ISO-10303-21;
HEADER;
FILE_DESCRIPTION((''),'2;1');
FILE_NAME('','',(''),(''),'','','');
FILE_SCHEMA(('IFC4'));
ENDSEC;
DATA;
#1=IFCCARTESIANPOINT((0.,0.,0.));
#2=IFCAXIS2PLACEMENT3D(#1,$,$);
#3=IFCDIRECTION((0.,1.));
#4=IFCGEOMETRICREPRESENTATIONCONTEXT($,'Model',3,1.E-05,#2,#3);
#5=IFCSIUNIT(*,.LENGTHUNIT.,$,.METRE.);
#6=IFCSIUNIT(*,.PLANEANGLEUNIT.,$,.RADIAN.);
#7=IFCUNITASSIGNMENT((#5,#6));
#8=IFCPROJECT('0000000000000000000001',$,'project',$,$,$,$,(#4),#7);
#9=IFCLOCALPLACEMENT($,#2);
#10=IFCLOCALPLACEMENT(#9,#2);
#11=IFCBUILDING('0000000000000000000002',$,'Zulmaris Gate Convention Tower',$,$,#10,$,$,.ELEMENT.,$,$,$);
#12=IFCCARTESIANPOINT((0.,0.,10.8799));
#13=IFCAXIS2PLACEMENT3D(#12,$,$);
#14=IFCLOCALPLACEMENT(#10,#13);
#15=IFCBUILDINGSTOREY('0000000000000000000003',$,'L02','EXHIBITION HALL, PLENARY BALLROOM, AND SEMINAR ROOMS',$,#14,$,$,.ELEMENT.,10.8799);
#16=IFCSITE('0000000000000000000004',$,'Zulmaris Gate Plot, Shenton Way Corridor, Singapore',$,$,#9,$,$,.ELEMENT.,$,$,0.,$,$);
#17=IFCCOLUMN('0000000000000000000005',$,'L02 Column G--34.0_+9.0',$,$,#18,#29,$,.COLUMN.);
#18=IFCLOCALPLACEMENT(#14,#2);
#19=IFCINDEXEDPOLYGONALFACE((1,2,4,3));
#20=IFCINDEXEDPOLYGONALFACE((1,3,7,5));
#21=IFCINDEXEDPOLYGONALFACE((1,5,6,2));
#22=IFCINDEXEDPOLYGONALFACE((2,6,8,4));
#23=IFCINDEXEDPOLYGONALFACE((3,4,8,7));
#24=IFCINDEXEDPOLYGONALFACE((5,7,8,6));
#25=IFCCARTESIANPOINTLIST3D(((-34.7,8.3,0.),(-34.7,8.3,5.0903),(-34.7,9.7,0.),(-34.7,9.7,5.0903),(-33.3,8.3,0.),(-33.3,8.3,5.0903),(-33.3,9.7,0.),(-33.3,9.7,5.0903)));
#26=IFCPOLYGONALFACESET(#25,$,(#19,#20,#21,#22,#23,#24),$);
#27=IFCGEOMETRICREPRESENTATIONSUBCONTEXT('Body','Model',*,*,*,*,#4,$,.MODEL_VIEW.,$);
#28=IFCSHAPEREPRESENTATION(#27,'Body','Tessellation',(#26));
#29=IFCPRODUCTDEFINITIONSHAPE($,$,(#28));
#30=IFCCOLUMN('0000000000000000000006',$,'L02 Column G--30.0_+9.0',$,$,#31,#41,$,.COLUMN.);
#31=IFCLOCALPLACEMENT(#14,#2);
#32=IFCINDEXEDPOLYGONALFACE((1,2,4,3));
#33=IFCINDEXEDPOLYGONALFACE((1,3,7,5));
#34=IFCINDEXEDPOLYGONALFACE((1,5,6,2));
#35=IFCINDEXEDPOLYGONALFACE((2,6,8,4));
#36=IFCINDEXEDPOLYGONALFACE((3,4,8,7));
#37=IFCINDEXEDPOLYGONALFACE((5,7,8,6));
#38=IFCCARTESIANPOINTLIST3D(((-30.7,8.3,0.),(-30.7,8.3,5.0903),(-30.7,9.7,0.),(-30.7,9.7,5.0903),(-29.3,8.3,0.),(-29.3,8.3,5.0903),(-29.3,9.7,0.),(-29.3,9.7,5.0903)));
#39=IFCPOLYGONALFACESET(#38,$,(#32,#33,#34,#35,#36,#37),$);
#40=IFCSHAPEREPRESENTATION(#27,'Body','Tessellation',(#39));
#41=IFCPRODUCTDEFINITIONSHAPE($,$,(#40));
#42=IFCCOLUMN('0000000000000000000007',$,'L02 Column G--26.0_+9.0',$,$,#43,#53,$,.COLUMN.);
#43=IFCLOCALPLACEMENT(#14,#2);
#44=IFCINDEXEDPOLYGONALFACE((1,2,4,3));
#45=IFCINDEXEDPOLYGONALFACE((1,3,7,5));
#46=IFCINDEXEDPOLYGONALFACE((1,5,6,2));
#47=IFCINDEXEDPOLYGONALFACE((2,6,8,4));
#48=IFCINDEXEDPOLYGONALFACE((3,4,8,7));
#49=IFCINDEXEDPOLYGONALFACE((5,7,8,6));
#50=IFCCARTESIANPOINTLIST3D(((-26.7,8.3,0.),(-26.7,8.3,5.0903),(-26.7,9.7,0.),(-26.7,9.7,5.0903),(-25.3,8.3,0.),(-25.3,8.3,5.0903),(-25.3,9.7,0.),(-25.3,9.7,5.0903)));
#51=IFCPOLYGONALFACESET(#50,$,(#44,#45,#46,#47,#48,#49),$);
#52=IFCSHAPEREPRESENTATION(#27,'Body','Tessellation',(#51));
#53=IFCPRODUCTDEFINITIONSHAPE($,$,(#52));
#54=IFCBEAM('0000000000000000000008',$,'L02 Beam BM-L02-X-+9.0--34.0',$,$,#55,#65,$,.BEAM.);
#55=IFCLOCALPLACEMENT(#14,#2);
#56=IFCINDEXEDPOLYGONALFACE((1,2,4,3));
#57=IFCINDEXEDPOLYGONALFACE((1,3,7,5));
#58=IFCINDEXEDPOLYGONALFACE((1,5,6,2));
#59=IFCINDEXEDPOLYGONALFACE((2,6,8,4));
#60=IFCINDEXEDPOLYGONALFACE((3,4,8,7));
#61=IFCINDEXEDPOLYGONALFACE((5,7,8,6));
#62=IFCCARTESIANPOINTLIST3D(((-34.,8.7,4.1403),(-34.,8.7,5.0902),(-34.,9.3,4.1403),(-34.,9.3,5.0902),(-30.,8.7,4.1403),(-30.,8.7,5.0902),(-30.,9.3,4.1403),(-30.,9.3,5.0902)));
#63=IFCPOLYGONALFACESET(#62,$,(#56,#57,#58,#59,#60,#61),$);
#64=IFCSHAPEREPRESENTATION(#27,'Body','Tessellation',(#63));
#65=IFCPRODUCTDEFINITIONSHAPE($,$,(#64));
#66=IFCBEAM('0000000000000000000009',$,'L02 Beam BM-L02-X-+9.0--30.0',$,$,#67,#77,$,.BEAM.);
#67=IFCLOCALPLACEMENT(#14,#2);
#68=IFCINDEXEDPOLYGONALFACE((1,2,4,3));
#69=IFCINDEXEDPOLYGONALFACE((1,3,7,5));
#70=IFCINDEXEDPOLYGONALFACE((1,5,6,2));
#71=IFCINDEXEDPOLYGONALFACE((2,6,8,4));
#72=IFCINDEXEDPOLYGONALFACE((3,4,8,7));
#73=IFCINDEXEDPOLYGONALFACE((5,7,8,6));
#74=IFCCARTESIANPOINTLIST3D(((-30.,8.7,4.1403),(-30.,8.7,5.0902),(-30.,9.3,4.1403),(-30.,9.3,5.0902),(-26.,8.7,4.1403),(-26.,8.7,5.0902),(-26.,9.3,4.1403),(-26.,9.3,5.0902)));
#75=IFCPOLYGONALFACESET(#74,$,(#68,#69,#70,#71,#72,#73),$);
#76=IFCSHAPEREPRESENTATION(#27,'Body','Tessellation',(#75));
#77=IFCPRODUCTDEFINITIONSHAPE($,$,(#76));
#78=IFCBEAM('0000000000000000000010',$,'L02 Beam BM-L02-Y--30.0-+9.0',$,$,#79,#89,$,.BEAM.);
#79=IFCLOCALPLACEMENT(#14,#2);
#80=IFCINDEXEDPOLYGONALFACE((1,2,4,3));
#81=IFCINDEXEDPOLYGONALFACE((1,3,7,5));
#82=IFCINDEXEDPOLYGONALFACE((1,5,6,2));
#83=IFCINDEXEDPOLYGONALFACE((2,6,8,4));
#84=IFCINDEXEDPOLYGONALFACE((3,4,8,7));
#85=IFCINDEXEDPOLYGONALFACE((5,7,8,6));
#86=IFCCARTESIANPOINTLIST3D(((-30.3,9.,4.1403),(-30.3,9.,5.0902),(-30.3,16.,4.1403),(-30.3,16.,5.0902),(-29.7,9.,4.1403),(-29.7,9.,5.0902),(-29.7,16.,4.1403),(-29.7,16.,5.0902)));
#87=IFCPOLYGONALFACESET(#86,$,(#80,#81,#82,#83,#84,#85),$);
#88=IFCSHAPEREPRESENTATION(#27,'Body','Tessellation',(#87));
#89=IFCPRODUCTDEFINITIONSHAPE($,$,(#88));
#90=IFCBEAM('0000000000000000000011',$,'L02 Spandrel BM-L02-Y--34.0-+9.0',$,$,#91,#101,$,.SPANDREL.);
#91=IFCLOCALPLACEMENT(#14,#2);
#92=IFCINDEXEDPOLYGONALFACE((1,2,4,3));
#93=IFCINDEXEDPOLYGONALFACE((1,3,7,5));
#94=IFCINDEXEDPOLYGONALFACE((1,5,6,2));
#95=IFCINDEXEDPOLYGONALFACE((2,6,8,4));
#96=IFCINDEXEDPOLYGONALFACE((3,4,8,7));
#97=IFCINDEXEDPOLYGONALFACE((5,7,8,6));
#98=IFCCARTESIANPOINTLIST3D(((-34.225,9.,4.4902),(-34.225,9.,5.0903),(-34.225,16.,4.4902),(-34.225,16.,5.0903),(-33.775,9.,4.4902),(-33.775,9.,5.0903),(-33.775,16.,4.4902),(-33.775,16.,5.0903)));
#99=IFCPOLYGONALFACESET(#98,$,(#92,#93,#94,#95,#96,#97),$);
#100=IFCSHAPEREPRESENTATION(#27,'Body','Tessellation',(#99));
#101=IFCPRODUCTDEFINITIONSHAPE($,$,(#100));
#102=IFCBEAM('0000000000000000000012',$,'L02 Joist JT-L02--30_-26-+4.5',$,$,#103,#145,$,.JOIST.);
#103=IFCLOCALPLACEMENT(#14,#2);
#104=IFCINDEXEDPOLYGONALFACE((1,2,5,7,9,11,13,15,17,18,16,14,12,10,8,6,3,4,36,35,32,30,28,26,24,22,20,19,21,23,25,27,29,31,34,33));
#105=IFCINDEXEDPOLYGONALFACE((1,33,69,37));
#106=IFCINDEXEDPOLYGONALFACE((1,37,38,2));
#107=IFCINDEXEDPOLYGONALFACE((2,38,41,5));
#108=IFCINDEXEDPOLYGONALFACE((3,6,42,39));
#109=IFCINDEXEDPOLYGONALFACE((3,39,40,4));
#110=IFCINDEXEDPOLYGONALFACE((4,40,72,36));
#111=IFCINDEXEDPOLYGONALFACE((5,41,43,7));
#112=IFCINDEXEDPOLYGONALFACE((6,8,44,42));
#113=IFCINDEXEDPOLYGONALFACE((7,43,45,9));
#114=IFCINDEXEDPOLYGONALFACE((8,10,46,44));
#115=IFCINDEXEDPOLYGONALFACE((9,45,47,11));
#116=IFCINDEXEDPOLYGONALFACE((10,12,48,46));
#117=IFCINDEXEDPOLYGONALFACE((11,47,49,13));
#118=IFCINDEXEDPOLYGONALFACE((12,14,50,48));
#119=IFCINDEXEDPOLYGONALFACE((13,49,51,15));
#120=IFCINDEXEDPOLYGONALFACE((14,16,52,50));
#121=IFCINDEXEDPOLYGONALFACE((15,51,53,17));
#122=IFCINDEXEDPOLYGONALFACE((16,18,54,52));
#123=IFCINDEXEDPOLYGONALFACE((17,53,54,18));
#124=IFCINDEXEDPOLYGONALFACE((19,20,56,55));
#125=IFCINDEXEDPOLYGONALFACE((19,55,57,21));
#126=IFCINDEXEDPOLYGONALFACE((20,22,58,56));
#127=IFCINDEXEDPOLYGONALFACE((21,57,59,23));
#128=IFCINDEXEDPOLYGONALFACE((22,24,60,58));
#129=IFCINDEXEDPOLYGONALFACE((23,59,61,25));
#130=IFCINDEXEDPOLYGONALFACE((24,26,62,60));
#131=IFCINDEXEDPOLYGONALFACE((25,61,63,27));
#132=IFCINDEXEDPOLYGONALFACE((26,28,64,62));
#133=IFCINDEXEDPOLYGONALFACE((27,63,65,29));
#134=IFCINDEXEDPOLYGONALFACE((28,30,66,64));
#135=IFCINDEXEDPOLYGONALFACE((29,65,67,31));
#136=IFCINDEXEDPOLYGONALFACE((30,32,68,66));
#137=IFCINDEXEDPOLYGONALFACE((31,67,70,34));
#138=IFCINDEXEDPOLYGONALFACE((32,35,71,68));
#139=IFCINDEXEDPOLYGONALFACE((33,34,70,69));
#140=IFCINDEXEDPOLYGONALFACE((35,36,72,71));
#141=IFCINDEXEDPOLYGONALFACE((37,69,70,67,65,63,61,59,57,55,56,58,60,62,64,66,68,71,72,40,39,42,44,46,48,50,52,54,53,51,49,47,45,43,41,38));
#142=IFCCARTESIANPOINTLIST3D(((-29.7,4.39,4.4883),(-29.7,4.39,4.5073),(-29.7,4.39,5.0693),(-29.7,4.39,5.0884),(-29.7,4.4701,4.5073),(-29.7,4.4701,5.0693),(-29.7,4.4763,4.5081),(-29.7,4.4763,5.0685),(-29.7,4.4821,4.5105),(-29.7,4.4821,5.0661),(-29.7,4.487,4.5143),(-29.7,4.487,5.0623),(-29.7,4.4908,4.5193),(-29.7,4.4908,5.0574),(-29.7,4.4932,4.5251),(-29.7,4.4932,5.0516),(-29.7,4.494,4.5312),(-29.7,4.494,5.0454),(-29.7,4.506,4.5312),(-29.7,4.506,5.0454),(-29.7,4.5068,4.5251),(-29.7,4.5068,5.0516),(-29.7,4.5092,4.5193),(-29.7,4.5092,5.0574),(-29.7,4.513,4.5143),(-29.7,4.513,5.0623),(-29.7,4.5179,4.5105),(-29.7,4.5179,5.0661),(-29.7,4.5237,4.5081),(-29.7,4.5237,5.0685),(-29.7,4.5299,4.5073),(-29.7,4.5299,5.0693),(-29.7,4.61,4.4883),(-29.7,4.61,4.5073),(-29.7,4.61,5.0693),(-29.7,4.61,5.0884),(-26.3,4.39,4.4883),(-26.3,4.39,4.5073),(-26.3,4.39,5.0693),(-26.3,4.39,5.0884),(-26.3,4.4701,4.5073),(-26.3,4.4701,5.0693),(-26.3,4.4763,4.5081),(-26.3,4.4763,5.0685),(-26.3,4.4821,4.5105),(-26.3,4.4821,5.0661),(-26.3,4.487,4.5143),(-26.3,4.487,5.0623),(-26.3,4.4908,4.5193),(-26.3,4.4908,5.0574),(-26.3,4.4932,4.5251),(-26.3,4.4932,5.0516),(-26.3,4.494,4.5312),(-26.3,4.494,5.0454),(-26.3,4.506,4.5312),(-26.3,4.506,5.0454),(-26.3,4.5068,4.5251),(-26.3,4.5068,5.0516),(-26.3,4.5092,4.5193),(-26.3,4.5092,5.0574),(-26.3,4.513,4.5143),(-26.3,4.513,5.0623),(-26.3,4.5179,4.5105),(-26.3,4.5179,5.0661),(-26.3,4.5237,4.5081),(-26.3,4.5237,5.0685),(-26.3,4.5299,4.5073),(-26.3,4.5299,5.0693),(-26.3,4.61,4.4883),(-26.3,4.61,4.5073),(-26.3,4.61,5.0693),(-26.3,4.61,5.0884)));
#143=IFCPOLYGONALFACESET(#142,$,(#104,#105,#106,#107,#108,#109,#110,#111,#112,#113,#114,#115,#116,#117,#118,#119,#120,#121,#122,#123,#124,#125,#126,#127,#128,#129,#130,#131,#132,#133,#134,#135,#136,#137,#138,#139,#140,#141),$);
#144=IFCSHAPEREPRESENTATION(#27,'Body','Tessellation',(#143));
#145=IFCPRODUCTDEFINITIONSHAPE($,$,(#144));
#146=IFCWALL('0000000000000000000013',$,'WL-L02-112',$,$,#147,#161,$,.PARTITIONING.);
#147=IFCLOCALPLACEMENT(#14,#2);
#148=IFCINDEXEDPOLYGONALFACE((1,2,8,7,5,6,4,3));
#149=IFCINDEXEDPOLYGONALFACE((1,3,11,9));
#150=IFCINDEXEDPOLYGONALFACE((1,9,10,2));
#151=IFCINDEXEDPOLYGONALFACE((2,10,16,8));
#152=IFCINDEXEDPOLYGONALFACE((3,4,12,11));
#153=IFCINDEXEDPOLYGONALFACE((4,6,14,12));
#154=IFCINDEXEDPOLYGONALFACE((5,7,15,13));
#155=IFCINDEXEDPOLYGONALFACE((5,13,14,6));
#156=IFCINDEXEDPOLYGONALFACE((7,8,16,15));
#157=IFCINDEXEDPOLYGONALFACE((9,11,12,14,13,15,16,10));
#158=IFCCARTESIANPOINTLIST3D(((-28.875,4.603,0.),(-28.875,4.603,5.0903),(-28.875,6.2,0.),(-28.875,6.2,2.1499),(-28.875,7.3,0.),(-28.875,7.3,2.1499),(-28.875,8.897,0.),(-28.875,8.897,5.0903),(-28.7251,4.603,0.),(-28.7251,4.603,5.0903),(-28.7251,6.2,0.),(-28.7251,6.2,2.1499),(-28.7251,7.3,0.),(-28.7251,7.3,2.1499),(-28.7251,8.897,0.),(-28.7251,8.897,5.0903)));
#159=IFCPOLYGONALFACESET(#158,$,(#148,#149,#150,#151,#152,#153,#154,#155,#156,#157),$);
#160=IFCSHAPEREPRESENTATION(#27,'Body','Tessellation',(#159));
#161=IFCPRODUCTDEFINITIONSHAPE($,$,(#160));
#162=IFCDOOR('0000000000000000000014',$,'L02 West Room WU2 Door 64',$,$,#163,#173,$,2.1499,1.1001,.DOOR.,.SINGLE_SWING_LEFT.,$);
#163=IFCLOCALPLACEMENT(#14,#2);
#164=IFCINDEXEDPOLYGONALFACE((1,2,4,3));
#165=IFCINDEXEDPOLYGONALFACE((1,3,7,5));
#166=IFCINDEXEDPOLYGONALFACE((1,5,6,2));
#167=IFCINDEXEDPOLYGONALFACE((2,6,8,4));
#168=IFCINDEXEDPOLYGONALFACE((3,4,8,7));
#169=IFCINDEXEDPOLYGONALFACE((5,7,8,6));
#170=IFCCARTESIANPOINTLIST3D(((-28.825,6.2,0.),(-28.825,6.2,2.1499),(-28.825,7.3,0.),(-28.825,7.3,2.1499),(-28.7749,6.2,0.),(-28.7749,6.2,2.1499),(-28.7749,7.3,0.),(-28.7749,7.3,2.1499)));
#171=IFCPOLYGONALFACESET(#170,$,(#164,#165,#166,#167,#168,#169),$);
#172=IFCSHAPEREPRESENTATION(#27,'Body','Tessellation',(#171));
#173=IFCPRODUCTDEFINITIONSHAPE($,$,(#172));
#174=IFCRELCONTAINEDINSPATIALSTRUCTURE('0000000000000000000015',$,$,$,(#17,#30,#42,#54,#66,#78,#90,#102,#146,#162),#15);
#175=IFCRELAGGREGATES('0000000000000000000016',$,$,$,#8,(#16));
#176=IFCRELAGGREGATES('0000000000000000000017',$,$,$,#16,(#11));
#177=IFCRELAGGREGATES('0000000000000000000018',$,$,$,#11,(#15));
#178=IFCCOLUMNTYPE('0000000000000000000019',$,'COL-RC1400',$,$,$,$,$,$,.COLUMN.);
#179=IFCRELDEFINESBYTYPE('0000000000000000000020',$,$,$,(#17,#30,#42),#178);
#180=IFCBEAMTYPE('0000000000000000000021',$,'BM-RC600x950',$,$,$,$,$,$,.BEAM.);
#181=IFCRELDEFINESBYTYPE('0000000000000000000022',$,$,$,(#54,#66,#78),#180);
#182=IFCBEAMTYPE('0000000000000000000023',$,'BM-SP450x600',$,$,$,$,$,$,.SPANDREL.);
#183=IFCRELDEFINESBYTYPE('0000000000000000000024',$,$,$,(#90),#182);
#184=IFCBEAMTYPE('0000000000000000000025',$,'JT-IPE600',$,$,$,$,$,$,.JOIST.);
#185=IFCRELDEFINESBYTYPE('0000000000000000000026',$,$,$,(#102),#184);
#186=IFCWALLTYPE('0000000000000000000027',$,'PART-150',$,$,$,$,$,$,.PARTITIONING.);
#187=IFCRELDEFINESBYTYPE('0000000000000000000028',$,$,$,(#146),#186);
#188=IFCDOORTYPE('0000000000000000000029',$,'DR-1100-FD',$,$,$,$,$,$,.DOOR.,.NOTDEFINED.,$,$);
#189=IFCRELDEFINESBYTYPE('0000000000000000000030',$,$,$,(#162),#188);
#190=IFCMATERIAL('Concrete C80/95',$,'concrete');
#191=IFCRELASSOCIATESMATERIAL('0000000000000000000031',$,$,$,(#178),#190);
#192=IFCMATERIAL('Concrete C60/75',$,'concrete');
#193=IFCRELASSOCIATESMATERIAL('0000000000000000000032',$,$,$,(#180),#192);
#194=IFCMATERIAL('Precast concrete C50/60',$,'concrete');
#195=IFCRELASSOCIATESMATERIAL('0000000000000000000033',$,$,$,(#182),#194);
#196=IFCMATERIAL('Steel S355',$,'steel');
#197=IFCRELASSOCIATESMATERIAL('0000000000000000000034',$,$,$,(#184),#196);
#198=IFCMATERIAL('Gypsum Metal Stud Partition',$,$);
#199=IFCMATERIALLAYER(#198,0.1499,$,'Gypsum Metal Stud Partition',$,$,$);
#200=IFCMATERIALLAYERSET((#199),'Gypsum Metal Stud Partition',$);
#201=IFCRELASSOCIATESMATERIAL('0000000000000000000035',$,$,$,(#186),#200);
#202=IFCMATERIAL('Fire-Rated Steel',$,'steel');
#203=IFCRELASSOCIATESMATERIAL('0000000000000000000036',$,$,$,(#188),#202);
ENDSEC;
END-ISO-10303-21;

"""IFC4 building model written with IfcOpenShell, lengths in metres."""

from ifc_helpers import new_model, si_unit, direction, frame, frame_2d, origin, origin_2d, place, context, subcontext, project, spatial, rectangle, i_section, extrude, material, layer, layer_set, material_profile, profile_set, type_object, element, fill, save


model = new_model("IFC4")

# Units and contexts
model_context = context("Model", 3, precision=1e-05, world=origin(), true_north=direction((0.0, 1.0)))
body_context = subcontext(model_context, "Body", "Model", "MODEL_VIEW")
ifc_project = project(units=[si_unit("LENGTHUNIT", "METRE"), si_unit("PLANEANGLEUNIT", "RADIAN")], contexts=[model_context])

# Site, building, storey
site_placement = place(None, origin())
site = spatial("IfcSite", under=ifc_project, at=site_placement, Name="Zulmaris Gate Plot, Shenton Way Corridor, Singapore", CompositionType="ELEMENT", RefElevation=0.0)
building_placement = place(site_placement, origin())
building = spatial("IfcBuilding", under=site, at=building_placement, Name="Zulmaris Gate Convention Tower", CompositionType="ELEMENT")
storey_placement = place(building_placement, frame((0.0, 0.0, 10.8799)))
storey = spatial("IfcBuildingStorey", under=building, at=storey_placement, Name="L02", Description="EXHIBITION HALL, PLENARY BALLROOM, AND SEMINAR ROOMS", CompositionType="ELEMENT", Elevation=10.8799)

# Columns
ifc_material_1 = material(Name="Concrete C80/95", Category="concrete")
ifc_material_profile_1 = material_profile(ifc_material_1, rectangle(XDim=1.3999, YDim=1.3999, at=origin_2d()), Name="RC COL 1400x1400")
ifc_profile_set_1 = profile_set([ifc_material_profile_1], Name="Concrete C80/95")
column_type = type_object("IfcColumnType", Name="COL-RC1400", PredefinedType="COLUMN", material=ifc_profile_set_1)
for number, where, z_axis, x_axis, name in (
    (1, (-34.0, 9.0, 0.0), (0.0, 0.0, 1.0), (1.0, 0.0, 0.0), "L02 Column G--34.0_+9.0"),
    (2, (-30.0, 9.0, 0.0), (0.0, 0.0, 1.0), (1.0, 0.0, 0.0), "L02 Column G--30.0_+9.0"),
    (3, (-26.0, 9.0, 0.0), (0.0, 0.0, 1.0), (1.0, 0.0, 0.0), "L02 Column G--26.0_+9.0"),
):
    element("IfcColumn", number, at=place(storey_placement, frame(where, z_axis=z_axis, x_axis=x_axis)), inside=storey, type_object=column_type, Name=name, PredefinedType="COLUMN", context=body_context, shape_type="SweptSolid", body=[
        extrude(rectangle(XDim=1.3999, YDim=1.3999, at=origin_2d()), origin(), (0.0, 0.0, 1.0), 5.0903),
    ])

# Beams
ifc_material_2 = material(Name="Concrete C60/75", Category="concrete")
ifc_material_profile_2 = material_profile(ifc_material_2, rectangle(XDim=0.6001, YDim=0.95, at=origin_2d()), Name="RC BEAM 600x950")
ifc_profile_set_2 = profile_set([ifc_material_profile_2], Name="Concrete C60/75")
beam_type_1 = type_object("IfcBeamType", Name="BM-RC600x950", PredefinedType="BEAM", material=ifc_profile_set_2)
for number, where, z_axis, x_axis, name in (
    (4, (-34.0, 9.0, 4.6152), (1.0, 0.0, 0.0), (0.0, 1.0, 0.0), "L02 Beam BM-L02-X-+9.0--34.0"),
    (5, (-30.0, 9.0, 4.6152), (1.0, 0.0, 0.0), (0.0, 1.0, 0.0), "L02 Beam BM-L02-X-+9.0--30.0"),
):
    element("IfcBeam", number, at=place(storey_placement, frame(where, z_axis=z_axis, x_axis=x_axis)), inside=storey, type_object=beam_type_1, Name=name, PredefinedType="BEAM", context=body_context, shape_type="SweptSolid", body=[
        extrude(rectangle(XDim=0.6001, YDim=0.95, at=origin_2d()), origin(), (0.0, 0.0, 1.0), 4.0),
    ])
beam_1_placement = place(storey_placement, frame((-30.0, 9.0, 4.6152), z_axis=(0.0, 1.0, 0.0), x_axis=(-1.0, 0.0, 0.0)))
element("IfcBeam", 6, at=beam_1_placement, inside=storey, type_object=beam_type_1, Name="L02 Beam BM-L02-Y--30.0-+9.0", PredefinedType="BEAM", context=body_context, shape_type="SweptSolid", body=[
    extrude(rectangle(XDim=0.6001, YDim=0.95, at=origin_2d()), origin(), (0.0, 0.0, 1.0), 7.0),
])
ifc_material_3 = material(Name="Precast concrete C50/60", Category="concrete")
ifc_material_profile_3 = material_profile(ifc_material_3, rectangle(XDim=0.45, YDim=0.6001, at=origin_2d()), Name="RC SPANDREL 450x600")
ifc_profile_set_3 = profile_set([ifc_material_profile_3], Name="Precast concrete C50/60")
beam_type_2 = type_object("IfcBeamType", Name="BM-SP450x600", PredefinedType="SPANDREL", material=ifc_profile_set_3)
beam_2_placement = place(storey_placement, frame((-34.0, 9.0, 4.7903), z_axis=(0.0, 1.0, 0.0), x_axis=(-1.0, 0.0, 0.0)))
element("IfcBeam", 7, at=beam_2_placement, inside=storey, type_object=beam_type_2, Name="L02 Spandrel BM-L02-Y--34.0-+9.0", PredefinedType="SPANDREL", context=body_context, shape_type="SweptSolid", body=[
    extrude(rectangle(XDim=0.45, YDim=0.6001, at=origin_2d()), origin(), (0.0, 0.0, 1.0), 7.0),
])
ifc_material_4 = material(Name="Steel S355", Category="steel")
ifc_material_profile_4 = material_profile(ifc_material_4, i_section(OverallWidth=0.22, OverallDepth=0.6001, WebThickness=0.012, FlangeThickness=0.019, FilletRadius=0.0239, at=origin_2d()), Name="IPE 600")
ifc_profile_set_4 = profile_set([ifc_material_profile_4], Name="Steel S355")
beam_type_3 = type_object("IfcBeamType", Name="JT-IPE600", PredefinedType="JOIST", material=ifc_profile_set_4)
beam_3_placement = place(storey_placement, frame((-29.7, 4.5, 4.7883), z_axis=(1.0, 0.0, 0.0), x_axis=(0.0, 1.0, 0.0)))
element("IfcBeam", 8, at=beam_3_placement, inside=storey, type_object=beam_type_3, Name="L02 Joist JT-L02--30_-26-+4.5", PredefinedType="JOIST", context=body_context, shape_type="SweptSolid", body=[
    extrude(i_section(OverallWidth=0.22, OverallDepth=0.6001, WebThickness=0.012, FlangeThickness=0.019, FilletRadius=0.0239, at=origin_2d()), origin(), (0.0, 0.0, 1.0), 3.3999),
])

# Wall, opening, door
ifc_material_5 = material(Name="Gypsum Metal Stud Partition")
ifc_layer_1 = layer(ifc_material_5, 0.1499, Name="Gypsum Metal Stud Partition")
ifc_layer_set_1 = layer_set([ifc_layer_1], Name="Gypsum Metal Stud Partition")
wall_type_1 = type_object("IfcWallType", Name="PART-150", PredefinedType="PARTITIONING", material=ifc_layer_set_1)
wall_1_placement = place(storey_placement, frame((-28.8, 4.603, 0.0), z_axis=(0.0, 0.0, 1.0), x_axis=(0.0, 1.0, 0.0)))
wall_1 = element("IfcWall", 9, at=wall_1_placement, inside=storey, type_object=wall_type_1, Name="WL-L02-112", PredefinedType="PARTITIONING", context=body_context, shape_type="SweptSolid", body=[
    extrude(rectangle(XDim=4.2939, YDim=0.1499, at=frame_2d((2.147, 0.0))), origin(), (0.0, 0.0, 1.0), 5.0903),
])
opening_1_placement = place(wall_1_placement, frame((1.5969, 0.0, 0.0)))
opening_1 = element("IfcOpeningElement", 10, at=opening_1_placement, cuts=wall_1, PredefinedType="OPENING", context=body_context, shape_type="SweptSolid", body=[
    extrude(rectangle(XDim=1.1001, YDim=2.1499, at=frame_2d((0.55, 1.075))), frame((0.0, 0.085, 0.0), z_axis=(0.0, -1.0, 0.0), x_axis=(1.0, 0.0, 0.0)), (0.0, 0.0, 1.0), 0.1699),
])
ifc_material_6 = material(Name="Fire-Rated Steel", Category="steel")
door_type = type_object("IfcDoorType", Name="DR-1100-FD", OperationType="NOTDEFINED", PredefinedType="DOOR", material=ifc_material_6)
door_1_placement = place(opening_1_placement, origin())
door_1 = element("IfcDoor", 11, at=door_1_placement, inside=storey, type_object=door_type, Name="L02 West Room WU2 Door 64", OperationType="SINGLE_SWING_LEFT", OverallHeight=2.1499, OverallWidth=1.1001, PredefinedType="DOOR", context=body_context, shape_type="SweptSolid", body=[
    extrude(rectangle(XDim=1.1001, YDim=2.1499, at=frame_2d((0.55, 1.075))), frame((0.0, 0.0249, 0.0), z_axis=(0.0, -1.0, 0.0), x_axis=(1.0, 0.0, 0.0)), (0.0, 0.0, 1.0), 0.05),
])
fill(opening_1, door_1)

save(model, "model.ifc")
